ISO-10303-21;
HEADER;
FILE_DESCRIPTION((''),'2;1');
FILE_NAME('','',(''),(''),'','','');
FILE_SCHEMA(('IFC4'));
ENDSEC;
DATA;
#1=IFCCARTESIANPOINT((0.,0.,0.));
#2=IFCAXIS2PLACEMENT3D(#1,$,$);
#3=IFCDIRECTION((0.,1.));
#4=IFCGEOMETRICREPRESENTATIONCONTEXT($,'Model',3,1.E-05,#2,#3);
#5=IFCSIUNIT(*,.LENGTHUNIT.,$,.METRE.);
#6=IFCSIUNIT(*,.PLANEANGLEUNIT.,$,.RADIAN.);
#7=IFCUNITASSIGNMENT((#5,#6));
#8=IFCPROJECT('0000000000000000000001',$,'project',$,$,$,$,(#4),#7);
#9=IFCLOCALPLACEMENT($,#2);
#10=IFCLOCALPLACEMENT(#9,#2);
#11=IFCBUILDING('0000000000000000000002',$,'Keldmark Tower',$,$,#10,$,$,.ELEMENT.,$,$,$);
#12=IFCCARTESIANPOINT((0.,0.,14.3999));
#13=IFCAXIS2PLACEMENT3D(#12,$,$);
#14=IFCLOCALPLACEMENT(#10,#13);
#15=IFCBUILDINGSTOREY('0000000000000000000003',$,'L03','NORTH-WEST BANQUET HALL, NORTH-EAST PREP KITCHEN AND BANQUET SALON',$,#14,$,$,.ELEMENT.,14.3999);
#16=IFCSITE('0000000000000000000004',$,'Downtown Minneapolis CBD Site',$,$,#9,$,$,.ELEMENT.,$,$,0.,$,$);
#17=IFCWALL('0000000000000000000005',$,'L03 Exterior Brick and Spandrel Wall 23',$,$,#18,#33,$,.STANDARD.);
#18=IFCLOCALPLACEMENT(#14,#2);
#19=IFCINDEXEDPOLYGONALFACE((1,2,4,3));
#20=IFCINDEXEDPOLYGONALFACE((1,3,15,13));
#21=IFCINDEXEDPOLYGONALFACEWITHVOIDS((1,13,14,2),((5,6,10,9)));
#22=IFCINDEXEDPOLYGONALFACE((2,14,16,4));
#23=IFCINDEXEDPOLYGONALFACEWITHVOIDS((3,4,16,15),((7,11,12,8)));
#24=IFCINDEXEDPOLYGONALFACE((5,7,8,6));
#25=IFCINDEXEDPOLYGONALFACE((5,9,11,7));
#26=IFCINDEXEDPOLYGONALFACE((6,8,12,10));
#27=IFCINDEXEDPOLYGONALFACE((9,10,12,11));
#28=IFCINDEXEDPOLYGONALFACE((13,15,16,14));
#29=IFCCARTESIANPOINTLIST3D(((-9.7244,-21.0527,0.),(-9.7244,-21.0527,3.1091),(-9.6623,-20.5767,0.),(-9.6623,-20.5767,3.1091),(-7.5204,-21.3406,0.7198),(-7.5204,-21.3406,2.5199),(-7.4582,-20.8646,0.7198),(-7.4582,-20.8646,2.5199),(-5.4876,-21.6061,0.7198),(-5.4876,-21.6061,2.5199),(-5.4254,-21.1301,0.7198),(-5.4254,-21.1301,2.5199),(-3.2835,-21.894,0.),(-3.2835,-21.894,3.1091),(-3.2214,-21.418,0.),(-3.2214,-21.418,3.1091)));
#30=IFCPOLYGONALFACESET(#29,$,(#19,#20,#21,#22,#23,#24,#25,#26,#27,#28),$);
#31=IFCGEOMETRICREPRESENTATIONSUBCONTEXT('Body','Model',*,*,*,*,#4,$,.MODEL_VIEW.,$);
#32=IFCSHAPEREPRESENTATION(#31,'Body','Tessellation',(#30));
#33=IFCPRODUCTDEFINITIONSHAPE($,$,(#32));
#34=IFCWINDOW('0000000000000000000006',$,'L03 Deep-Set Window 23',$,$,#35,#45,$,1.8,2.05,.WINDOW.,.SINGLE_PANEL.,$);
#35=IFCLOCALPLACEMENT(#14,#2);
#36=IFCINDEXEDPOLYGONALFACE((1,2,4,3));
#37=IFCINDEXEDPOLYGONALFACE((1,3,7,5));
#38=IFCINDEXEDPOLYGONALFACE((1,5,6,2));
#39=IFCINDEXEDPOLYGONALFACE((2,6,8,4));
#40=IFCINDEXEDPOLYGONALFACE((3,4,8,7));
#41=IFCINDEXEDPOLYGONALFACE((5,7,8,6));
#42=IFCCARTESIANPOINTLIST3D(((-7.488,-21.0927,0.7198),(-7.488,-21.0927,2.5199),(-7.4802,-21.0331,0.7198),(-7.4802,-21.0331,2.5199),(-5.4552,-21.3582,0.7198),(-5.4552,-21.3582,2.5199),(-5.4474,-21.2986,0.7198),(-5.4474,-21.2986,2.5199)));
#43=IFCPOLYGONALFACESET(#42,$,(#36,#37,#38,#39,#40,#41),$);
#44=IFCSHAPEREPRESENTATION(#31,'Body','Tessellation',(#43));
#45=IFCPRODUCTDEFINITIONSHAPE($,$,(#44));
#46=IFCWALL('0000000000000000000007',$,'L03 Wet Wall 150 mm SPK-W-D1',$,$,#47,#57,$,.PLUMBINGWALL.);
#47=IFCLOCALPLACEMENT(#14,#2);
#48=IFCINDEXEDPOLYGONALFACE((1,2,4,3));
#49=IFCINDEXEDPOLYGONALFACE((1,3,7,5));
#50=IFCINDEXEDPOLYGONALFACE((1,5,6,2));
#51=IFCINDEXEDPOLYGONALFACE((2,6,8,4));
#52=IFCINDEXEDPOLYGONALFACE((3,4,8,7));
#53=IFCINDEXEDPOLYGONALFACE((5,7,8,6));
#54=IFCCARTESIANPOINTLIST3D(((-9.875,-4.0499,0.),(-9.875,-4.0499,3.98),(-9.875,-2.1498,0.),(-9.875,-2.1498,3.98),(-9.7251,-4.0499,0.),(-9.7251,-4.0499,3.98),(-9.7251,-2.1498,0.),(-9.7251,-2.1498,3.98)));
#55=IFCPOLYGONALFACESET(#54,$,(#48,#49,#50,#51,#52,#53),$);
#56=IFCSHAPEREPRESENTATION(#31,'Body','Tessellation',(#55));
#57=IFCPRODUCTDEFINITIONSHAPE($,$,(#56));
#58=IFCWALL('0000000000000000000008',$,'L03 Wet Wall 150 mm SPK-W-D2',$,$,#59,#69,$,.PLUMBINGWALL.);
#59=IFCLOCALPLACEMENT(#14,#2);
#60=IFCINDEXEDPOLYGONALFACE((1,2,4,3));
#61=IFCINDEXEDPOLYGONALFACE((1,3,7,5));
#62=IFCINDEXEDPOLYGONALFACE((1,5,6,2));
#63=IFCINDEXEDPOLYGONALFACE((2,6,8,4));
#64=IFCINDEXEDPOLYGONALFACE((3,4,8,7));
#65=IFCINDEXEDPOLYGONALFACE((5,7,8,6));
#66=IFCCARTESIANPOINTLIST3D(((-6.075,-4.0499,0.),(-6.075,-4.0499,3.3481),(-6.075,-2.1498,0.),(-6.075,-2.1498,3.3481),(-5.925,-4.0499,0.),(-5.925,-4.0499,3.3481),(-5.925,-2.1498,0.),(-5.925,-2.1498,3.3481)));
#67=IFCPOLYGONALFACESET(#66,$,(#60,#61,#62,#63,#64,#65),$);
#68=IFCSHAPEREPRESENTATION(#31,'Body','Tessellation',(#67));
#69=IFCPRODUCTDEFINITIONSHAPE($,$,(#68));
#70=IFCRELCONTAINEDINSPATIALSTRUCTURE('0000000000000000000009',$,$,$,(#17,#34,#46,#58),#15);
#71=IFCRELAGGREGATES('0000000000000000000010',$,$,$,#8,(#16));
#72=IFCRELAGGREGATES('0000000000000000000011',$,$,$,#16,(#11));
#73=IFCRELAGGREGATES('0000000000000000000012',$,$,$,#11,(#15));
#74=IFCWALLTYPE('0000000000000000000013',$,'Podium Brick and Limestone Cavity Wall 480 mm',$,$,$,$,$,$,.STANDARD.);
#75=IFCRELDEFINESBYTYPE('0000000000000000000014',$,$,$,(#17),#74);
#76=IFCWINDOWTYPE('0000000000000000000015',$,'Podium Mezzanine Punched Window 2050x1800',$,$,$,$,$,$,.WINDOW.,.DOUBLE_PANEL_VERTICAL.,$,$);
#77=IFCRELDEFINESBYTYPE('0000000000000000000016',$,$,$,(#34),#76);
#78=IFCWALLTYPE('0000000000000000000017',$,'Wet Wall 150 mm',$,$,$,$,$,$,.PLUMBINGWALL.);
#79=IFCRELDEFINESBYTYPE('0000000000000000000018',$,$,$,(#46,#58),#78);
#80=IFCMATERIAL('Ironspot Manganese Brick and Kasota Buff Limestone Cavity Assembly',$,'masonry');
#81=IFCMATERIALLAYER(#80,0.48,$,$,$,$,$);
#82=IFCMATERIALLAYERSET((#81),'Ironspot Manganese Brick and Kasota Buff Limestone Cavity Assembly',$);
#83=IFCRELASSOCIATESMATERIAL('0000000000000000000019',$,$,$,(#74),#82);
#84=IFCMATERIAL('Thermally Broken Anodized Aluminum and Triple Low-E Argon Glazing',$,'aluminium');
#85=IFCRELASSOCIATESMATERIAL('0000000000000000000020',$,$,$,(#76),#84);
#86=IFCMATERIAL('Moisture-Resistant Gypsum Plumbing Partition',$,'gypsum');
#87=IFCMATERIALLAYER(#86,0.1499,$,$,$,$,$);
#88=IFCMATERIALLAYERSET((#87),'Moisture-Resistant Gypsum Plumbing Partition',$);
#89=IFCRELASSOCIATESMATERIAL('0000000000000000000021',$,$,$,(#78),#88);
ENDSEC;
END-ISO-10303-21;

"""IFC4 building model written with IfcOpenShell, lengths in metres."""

from ifc_helpers import new_model, si_unit, direction, frame, frame_2d, origin, place, context, subcontext, project, spatial, rectangle, extrude, material, layer, layer_set, type_object, element, fill, save


model = new_model("IFC4")

# Units and contexts
model_context = context("Model", 3, precision=1e-05, world=origin(), true_north=direction((0.0, 1.0)))
body_context = subcontext(model_context, "Body", "Model", "MODEL_VIEW")
ifc_project = project(units=[si_unit("LENGTHUNIT", "METRE"), si_unit("PLANEANGLEUNIT", "RADIAN")], contexts=[model_context])

# Site, building, storey
site_placement = place(None, origin())
site = spatial("IfcSite", under=ifc_project, at=site_placement, Name="Downtown Minneapolis CBD Site", CompositionType="ELEMENT", RefElevation=0.0)
building_placement = place(site_placement, origin())
building = spatial("IfcBuilding", under=site, at=building_placement, Name="Keldmark Tower", CompositionType="ELEMENT")
storey_placement = place(building_placement, frame((0.0, 0.0, 14.3999)))
storey = spatial("IfcBuildingStorey", under=building, at=storey_placement, Name="L03", Description="NORTH-WEST BANQUET HALL, NORTH-EAST PREP KITCHEN AND BANQUET SALON", CompositionType="ELEMENT", Elevation=14.3999)

# Wall, opening, window
ifc_material_1 = material(Name="Ironspot Manganese Brick and Kasota Buff Limestone Cavity Assembly", Category="masonry")
ifc_layer_1 = layer(ifc_material_1, 0.48)
ifc_layer_set_1 = layer_set([ifc_layer_1], Name="Ironspot Manganese Brick and Kasota Buff Limestone Cavity Assembly")
wall_type_1 = type_object("IfcWallType", Name="Podium Brick and Limestone Cavity Wall 480 mm", PredefinedType="STANDARD", material=ifc_layer_set_1)
ifc_material_2 = material(Name="Thermally Broken Anodized Aluminum and Triple Low-E Argon Glazing", Category="aluminium")
window_type = type_object("IfcWindowType", Name="Podium Mezzanine Punched Window 2050x1800", PartitioningType="DOUBLE_PANEL_VERTICAL", PredefinedType="WINDOW", material=ifc_material_2)
wall_1_placement = place(storey_placement, frame((-3.2524, -21.656, 0.0), z_axis=(0.0, 0.0, 1.0), x_axis=(-0.991577, 0.129519, 0.0)))
wall_1 = element("IfcWall", 1, at=wall_1_placement, inside=storey, type_object=wall_type_1, Name="L03 Exterior Brick and Spandrel Wall 23", PredefinedType="STANDARD", context=body_context, shape_type="SweptSolid", body=[
    extrude(rectangle(XDim=6.4956, YDim=0.48, at=frame_2d((3.2478, 0.0))), origin(), (0.0, 0.0, 1.0), 3.1091),
])
opening_1_placement = place(wall_1_placement, frame((2.2229, 0.0, 0.72)))
opening_1 = element("IfcOpeningElement", 2, at=opening_1_placement, cuts=wall_1, PredefinedType="OPENING", context=body_context, shape_type="SweptSolid", body=[
    extrude(rectangle(XDim=2.05, YDim=1.8, at=frame_2d((1.0249, 0.8999))), frame((0.0, 0.25, 0.0), z_axis=(0.0, -1.0, 0.0), x_axis=(1.0, 0.0, 0.0)), (0.0, 0.0, 1.0), 0.5),
])
window_1_placement = place(opening_1_placement, origin())
window_1 = element("IfcWindow", 3, at=window_1_placement, inside=storey, type_object=window_type, Name="L03 Deep-Set Window 23", OverallHeight=1.8, OverallWidth=2.05, PartitioningType="SINGLE_PANEL", PredefinedType="WINDOW", context=body_context, shape_type="SweptSolid", body=[
    extrude(rectangle(XDim=2.05, YDim=1.8, at=frame_2d((1.0249, 0.8999))), frame((0.0, -0.01, 0.0), z_axis=(0.0, -1.0, 0.0), x_axis=(1.0, 0.0, 0.0)), (0.0, 0.0, 1.0), 0.0601),
])
fill(opening_1, window_1)

# Walls
ifc_material_3 = material(Name="Moisture-Resistant Gypsum Plumbing Partition", Category="gypsum")
ifc_layer_2 = layer(ifc_material_3, 0.1499)
ifc_layer_set_2 = layer_set([ifc_layer_2], Name="Moisture-Resistant Gypsum Plumbing Partition")
wall_type_2 = type_object("IfcWallType", Name="Wet Wall 150 mm", PredefinedType="PLUMBINGWALL", material=ifc_layer_set_2)
wall_2_placement = place(storey_placement, frame((-9.8, -4.05, 0.0), z_axis=(0.0, 0.0, 1.0), x_axis=(0.0, 1.0, 0.0)))
element("IfcWall", 4, at=wall_2_placement, inside=storey, type_object=wall_type_2, Name="L03 Wet Wall 150 mm SPK-W-D1", PredefinedType="PLUMBINGWALL", context=body_context, shape_type="SweptSolid", body=[
    extrude(rectangle(XDim=1.9001, YDim=0.1499, at=frame_2d((0.9502, 0.0))), origin(), (0.0, 0.0, 1.0), 3.98),
])
wall_3_placement = place(storey_placement, frame((-6.0, -4.05, 0.0), z_axis=(0.0, 0.0, 1.0), x_axis=(0.0, 1.0, 0.0)))
element("IfcWall", 5, at=wall_3_placement, inside=storey, type_object=wall_type_2, Name="L03 Wet Wall 150 mm SPK-W-D2", PredefinedType="PLUMBINGWALL", context=body_context, shape_type="SweptSolid", body=[
    extrude(rectangle(XDim=1.9001, YDim=0.1499, at=frame_2d((0.9502, 0.0))), origin(), (0.0, 0.0, 1.0), 3.3481),
])

save(model, "model.ifc")
